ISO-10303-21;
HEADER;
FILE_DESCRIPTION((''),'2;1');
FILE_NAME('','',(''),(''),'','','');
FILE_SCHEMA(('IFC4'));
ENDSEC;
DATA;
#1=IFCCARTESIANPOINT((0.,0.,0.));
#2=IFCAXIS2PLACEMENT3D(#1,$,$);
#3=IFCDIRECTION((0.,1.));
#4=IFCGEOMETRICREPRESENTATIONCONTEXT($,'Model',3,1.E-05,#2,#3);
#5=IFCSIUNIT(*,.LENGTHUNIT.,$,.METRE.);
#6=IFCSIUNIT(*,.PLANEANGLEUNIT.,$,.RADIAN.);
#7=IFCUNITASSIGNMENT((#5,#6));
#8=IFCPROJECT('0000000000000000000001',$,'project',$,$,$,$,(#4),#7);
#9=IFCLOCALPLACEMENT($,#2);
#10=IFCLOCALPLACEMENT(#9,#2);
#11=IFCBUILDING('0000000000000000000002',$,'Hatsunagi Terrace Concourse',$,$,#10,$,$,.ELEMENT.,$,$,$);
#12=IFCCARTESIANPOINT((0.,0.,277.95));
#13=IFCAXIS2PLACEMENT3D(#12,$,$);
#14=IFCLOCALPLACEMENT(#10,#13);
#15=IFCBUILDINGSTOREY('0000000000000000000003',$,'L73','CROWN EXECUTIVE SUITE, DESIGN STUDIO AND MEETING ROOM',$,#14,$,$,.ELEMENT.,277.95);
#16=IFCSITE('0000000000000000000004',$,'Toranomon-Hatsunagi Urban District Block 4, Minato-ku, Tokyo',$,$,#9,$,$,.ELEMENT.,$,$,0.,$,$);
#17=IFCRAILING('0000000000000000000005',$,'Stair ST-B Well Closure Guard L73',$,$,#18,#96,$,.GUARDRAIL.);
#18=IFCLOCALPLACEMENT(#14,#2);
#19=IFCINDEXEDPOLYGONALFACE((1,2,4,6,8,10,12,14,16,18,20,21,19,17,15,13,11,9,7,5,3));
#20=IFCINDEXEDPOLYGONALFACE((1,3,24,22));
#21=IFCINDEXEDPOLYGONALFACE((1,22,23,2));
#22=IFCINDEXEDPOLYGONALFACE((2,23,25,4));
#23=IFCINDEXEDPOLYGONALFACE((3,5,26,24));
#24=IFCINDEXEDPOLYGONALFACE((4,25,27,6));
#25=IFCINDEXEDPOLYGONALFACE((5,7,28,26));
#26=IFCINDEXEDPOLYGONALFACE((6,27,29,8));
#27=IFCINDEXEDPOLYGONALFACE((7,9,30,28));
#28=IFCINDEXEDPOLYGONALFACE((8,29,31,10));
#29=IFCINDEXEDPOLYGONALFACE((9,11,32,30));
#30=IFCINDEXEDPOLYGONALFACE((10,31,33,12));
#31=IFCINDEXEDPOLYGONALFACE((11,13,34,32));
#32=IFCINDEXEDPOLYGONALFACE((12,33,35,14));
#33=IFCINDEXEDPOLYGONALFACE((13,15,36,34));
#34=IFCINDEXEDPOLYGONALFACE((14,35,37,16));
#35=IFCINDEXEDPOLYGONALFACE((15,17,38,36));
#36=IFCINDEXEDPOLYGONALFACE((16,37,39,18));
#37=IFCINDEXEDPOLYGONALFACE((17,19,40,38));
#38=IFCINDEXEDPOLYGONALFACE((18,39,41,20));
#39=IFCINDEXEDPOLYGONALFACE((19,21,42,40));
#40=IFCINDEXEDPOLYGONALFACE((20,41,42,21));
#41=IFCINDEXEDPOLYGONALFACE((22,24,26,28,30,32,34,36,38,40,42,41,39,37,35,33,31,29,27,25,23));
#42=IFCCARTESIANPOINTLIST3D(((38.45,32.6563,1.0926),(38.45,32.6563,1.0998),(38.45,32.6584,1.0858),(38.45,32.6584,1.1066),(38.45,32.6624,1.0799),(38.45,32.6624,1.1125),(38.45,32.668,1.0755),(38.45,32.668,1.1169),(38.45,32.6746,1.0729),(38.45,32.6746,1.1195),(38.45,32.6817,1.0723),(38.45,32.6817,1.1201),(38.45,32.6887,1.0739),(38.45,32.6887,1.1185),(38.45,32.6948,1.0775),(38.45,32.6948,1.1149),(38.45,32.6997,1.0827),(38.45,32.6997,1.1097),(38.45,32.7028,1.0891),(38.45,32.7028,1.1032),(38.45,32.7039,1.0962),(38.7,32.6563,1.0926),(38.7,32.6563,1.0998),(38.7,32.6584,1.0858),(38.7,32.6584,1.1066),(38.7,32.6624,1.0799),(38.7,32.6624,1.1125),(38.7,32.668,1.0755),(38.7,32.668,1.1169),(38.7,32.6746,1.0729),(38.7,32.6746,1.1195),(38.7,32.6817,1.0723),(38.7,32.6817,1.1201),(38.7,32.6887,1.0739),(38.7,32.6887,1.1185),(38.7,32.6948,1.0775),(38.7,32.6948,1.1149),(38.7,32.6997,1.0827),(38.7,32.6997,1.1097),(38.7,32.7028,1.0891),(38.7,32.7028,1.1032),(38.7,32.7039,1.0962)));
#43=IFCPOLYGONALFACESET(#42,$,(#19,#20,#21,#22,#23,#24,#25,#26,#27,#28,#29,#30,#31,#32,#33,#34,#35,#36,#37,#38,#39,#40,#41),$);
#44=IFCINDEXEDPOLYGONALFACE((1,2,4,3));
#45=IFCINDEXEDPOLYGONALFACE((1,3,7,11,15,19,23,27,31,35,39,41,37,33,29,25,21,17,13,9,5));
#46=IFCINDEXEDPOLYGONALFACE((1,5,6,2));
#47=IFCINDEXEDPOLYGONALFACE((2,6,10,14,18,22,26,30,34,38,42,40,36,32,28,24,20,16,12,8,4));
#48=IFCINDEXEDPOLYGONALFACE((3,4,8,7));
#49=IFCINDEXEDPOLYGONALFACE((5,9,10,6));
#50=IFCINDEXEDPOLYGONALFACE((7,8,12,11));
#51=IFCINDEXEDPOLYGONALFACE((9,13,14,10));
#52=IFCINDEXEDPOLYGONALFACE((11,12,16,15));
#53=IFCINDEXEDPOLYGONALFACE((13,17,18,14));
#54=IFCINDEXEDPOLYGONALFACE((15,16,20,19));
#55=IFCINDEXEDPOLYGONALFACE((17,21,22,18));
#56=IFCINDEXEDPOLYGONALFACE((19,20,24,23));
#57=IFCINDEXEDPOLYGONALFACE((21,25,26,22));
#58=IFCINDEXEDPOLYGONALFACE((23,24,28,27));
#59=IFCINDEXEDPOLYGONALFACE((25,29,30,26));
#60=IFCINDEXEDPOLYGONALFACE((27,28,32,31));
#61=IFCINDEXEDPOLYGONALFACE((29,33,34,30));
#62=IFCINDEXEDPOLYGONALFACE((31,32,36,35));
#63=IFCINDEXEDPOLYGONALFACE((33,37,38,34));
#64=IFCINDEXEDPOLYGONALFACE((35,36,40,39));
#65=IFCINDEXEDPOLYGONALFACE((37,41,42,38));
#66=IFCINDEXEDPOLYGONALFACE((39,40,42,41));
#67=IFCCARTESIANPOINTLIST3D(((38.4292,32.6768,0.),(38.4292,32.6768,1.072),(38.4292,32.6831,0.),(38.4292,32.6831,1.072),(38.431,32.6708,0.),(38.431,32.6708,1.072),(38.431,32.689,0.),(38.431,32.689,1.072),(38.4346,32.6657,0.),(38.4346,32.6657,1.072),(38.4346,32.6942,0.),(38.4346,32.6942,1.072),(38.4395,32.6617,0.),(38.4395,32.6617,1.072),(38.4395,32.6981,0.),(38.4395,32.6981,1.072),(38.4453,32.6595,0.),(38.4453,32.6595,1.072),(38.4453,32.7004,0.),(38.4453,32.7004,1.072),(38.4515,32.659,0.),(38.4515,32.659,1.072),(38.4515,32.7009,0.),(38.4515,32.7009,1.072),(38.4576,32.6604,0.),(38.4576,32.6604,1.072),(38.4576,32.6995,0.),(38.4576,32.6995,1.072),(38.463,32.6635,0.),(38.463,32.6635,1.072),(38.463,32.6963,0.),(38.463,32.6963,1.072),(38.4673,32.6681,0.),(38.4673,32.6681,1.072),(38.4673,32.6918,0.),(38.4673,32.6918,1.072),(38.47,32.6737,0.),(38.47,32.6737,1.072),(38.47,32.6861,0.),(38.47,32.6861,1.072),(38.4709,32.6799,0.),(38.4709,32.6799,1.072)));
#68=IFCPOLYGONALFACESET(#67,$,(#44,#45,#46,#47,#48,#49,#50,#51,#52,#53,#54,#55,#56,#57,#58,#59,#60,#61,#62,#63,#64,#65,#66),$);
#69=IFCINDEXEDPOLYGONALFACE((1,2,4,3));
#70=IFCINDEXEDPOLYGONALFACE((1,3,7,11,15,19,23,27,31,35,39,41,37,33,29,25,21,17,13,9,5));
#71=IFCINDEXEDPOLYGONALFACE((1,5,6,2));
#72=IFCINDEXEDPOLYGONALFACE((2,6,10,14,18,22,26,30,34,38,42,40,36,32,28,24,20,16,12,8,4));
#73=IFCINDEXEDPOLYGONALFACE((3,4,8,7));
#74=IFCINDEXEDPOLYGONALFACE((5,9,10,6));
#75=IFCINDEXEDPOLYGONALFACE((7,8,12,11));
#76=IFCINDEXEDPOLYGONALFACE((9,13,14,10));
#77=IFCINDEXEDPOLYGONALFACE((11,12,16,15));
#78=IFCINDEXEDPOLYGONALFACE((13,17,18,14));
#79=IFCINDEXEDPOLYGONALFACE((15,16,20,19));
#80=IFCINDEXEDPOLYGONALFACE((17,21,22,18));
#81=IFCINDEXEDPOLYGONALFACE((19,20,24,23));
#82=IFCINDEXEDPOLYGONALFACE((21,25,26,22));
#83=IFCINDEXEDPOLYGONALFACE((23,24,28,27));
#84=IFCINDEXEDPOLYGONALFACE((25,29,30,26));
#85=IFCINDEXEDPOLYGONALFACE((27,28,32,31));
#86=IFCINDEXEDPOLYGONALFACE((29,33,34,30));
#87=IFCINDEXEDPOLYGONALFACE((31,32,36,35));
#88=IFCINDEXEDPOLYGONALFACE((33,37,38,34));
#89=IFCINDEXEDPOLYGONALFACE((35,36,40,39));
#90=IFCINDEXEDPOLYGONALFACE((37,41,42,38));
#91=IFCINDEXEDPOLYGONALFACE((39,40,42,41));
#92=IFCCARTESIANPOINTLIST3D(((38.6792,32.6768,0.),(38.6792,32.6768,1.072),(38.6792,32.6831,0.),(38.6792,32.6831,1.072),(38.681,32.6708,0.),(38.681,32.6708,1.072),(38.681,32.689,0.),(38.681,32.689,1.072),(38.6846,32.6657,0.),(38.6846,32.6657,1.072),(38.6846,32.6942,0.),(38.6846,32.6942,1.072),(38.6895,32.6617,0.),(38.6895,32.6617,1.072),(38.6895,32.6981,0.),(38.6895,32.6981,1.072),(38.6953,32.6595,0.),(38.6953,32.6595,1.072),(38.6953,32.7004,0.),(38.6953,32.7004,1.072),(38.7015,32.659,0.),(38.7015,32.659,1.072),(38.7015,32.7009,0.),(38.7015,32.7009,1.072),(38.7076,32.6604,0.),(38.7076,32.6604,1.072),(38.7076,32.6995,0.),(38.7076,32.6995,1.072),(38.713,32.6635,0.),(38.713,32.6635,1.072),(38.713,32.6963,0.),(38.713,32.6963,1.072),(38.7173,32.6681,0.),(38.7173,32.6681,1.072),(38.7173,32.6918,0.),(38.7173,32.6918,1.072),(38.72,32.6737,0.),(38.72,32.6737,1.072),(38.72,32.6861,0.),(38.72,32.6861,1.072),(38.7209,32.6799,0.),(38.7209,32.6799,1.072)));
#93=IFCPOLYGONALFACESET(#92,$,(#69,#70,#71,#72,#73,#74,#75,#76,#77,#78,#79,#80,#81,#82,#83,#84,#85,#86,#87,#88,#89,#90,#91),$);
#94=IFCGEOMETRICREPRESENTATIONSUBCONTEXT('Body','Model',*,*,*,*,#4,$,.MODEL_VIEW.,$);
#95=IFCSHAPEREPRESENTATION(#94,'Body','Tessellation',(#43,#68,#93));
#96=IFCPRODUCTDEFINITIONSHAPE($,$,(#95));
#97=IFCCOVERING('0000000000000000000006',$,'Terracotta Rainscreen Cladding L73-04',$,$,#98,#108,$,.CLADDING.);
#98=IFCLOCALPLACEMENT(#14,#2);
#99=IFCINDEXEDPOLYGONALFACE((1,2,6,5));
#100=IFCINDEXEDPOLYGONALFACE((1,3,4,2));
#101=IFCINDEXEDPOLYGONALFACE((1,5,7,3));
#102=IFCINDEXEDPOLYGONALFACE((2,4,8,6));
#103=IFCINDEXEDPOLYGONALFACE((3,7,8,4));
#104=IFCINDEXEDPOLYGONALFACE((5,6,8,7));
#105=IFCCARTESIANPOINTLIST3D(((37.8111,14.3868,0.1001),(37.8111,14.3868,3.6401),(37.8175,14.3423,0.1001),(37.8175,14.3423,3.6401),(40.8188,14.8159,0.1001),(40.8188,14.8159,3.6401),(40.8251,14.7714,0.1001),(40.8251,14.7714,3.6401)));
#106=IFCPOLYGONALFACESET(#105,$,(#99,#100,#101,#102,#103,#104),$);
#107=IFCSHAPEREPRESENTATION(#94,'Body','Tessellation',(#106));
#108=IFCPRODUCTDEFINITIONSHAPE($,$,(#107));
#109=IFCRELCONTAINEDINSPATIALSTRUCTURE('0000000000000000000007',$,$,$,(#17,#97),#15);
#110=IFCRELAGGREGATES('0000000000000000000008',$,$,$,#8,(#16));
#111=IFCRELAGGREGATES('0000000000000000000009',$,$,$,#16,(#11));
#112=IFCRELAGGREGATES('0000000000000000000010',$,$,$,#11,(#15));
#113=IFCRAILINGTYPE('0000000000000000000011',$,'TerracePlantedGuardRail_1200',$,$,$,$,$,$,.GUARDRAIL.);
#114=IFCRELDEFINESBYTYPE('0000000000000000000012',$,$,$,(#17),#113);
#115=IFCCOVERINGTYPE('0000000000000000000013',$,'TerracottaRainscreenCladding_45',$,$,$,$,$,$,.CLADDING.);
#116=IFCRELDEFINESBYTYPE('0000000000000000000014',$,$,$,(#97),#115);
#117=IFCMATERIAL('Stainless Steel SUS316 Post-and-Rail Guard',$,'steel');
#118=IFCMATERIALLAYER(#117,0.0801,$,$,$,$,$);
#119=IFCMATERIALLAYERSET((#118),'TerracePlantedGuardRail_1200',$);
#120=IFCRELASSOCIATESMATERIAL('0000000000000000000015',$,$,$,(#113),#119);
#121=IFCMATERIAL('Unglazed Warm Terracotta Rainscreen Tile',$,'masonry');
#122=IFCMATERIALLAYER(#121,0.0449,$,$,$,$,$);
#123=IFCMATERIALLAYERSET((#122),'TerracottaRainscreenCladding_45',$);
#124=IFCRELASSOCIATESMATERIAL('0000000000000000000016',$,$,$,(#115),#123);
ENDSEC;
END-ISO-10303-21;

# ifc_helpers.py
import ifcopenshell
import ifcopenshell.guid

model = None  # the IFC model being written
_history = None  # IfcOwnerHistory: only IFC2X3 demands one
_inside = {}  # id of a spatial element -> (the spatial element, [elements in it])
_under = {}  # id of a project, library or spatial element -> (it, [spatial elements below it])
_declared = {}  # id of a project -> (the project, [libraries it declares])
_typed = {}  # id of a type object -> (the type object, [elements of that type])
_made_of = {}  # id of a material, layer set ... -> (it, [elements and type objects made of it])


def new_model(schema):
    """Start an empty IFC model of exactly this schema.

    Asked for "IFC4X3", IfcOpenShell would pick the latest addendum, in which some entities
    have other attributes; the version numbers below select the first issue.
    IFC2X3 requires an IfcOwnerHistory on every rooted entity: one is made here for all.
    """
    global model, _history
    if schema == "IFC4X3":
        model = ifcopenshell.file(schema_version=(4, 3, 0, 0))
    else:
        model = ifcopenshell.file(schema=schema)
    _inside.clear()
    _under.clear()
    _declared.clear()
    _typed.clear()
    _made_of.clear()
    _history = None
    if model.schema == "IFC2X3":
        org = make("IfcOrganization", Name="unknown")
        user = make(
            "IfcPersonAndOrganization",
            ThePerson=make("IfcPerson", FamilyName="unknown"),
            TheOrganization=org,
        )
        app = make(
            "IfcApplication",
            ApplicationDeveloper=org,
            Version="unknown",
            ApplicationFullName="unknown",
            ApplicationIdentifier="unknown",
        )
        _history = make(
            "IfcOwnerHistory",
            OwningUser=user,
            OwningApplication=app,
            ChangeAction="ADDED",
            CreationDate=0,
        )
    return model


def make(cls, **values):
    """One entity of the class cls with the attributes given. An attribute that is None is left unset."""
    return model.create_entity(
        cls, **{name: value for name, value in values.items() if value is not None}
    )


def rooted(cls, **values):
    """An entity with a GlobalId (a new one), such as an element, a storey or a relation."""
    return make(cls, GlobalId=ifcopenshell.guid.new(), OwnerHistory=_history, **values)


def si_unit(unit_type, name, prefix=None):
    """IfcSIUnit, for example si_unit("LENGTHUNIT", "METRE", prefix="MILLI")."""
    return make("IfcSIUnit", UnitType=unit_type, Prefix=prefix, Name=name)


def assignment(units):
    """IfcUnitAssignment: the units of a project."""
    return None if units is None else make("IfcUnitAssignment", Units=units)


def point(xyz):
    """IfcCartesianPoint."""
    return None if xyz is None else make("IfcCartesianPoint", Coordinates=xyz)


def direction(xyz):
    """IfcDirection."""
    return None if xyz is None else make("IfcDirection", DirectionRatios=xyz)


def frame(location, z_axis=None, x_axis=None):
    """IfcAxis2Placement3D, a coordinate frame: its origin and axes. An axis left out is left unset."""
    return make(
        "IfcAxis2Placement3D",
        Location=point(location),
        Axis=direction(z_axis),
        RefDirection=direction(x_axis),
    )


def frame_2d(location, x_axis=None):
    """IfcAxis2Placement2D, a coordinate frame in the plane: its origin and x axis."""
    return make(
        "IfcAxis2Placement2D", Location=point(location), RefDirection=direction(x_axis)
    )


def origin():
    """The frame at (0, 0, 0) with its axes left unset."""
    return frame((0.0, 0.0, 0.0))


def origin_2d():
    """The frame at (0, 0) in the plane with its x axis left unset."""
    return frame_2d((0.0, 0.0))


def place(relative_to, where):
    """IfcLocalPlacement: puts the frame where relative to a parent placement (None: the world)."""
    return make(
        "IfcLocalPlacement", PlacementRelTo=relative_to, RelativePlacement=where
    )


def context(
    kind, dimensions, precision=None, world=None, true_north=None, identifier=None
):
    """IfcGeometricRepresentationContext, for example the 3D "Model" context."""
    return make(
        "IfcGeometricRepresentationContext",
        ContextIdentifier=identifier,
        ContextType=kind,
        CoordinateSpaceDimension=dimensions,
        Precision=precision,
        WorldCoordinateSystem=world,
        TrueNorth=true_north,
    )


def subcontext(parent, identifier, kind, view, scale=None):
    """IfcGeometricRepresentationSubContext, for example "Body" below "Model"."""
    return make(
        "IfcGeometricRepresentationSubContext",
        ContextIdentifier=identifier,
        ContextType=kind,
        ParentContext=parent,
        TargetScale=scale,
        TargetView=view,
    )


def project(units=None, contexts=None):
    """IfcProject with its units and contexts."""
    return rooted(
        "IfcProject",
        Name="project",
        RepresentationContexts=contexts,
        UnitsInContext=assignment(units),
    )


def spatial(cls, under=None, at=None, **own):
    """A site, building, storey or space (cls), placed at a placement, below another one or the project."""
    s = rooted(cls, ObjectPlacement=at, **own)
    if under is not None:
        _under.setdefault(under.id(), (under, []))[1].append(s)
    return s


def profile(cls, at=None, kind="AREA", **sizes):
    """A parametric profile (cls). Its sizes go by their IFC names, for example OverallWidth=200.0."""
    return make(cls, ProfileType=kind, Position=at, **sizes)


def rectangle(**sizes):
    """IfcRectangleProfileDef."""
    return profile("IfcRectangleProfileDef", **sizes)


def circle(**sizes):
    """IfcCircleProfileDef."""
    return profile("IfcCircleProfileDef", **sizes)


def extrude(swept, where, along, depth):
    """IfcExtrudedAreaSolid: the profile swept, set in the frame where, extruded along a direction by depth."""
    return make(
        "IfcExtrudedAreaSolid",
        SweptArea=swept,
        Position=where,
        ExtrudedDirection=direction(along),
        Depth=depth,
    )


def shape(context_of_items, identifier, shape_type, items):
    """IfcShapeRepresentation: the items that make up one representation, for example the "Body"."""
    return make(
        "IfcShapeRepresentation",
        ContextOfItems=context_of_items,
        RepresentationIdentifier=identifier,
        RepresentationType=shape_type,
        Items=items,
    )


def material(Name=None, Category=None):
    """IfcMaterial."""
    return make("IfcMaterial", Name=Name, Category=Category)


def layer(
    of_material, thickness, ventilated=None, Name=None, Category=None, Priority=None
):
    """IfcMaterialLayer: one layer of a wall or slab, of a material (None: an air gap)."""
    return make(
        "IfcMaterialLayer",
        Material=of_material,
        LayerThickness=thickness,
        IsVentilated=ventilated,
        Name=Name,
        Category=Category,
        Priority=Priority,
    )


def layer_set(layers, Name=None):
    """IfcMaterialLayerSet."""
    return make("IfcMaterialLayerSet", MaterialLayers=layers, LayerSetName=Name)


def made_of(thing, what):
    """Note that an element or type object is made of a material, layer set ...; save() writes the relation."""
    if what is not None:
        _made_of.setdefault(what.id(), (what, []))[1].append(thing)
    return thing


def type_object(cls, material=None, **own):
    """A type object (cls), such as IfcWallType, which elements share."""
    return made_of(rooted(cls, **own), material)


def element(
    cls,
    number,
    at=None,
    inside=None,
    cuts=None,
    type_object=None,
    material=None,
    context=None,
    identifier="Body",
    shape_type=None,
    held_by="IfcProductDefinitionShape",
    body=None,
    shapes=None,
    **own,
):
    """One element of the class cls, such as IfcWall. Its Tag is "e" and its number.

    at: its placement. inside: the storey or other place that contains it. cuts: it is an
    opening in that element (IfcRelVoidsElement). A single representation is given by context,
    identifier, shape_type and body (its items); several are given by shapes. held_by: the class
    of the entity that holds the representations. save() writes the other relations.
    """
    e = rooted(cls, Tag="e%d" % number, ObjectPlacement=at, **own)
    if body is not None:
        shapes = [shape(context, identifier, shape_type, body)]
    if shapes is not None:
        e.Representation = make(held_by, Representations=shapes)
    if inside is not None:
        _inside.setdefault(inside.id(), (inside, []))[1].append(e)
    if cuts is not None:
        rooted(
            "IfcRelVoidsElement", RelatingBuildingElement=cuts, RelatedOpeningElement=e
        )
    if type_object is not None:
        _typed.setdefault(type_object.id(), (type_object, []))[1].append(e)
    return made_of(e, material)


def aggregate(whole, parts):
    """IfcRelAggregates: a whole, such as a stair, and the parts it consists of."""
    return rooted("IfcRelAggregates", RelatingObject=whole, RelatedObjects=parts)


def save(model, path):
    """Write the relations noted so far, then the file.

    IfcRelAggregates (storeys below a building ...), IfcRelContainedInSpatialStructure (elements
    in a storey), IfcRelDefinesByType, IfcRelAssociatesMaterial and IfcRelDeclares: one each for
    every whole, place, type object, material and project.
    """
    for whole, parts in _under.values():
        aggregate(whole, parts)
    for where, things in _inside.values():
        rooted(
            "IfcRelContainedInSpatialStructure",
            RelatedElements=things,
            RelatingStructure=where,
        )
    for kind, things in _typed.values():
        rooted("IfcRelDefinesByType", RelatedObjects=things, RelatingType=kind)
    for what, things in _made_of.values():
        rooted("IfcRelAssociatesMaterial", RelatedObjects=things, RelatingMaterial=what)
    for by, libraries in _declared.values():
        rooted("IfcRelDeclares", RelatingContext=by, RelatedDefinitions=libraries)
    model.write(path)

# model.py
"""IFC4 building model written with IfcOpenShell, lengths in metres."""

from ifc_helpers import new_model, si_unit, direction, frame, origin, origin_2d, place, context, subcontext, project, spatial, rectangle, circle, extrude, material, layer, layer_set, type_object, element, save


model = new_model("IFC4")

# Units and contexts
model_context = context("Model", 3, precision=1e-05, world=origin(), true_north=direction((0.0, 1.0)))
body_context = subcontext(model_context, "Body", "Model", "MODEL_VIEW")
ifc_project = project(units=[si_unit("LENGTHUNIT", "METRE"), si_unit("PLANEANGLEUNIT", "RADIAN")], contexts=[model_context])

# Site, building, storey
site_placement = place(None, origin())
site = spatial("IfcSite", under=ifc_project, at=site_placement, Name="Toranomon-Hatsunagi Urban District Block 4, Minato-ku, Tokyo", CompositionType="ELEMENT", RefElevation=0.0)
building_placement = place(site_placement, origin())
building = spatial("IfcBuilding", under=site, at=building_placement, Name="Hatsunagi Terrace Concourse", CompositionType="ELEMENT")
storey_placement = place(building_placement, frame((0.0, 0.0, 277.95)))
storey = spatial("IfcBuildingStorey", under=building, at=storey_placement, Name="L73", Description="CROWN EXECUTIVE SUITE, DESIGN STUDIO AND MEETING ROOM", CompositionType="ELEMENT", Elevation=277.95)

# Railing
ifc_material_1 = material(Name="Stainless Steel SUS316 Post-and-Rail Guard", Category="steel")
ifc_layer_1 = layer(ifc_material_1, 0.0801)
ifc_layer_set_1 = layer_set([ifc_layer_1], Name="TerracePlantedGuardRail_1200")
railing_type_1 = type_object("IfcRailingType", Name="TerracePlantedGuardRail_1200", PredefinedType="GUARDRAIL", material=ifc_layer_set_1)
railing_1_placement = place(storey_placement, frame((38.45, 32.6799, 0.0)))
element("IfcRailing", 1, at=railing_1_placement, inside=storey, type_object=railing_type_1, Name="Stair ST-B Well Closure Guard L73", PredefinedType="GUARDRAIL", context=body_context, shape_type="SweptSolid", body=[
    extrude(circle(Radius=0.0239, at=origin_2d()), frame((0.0, 0.0, 1.0962), z_axis=(1.0, 0.0, 0.0), x_axis=(0.0, 1.0, 0.0)), (0.0, 0.0, 1.0), 0.25),
    extrude(circle(Radius=0.021, at=origin_2d()), origin(), (0.0, 0.0, 1.0), 1.072),
    extrude(circle(Radius=0.021, at=origin_2d()), frame((0.25, 0.0, 0.0)), (0.0, 0.0, 1.0), 1.072),
])

# Covering
ifc_material_2 = material(Name="Unglazed Warm Terracotta Rainscreen Tile", Category="masonry")
ifc_layer_2 = layer(ifc_material_2, 0.0449)
ifc_layer_set_2 = layer_set([ifc_layer_2], Name="TerracottaRainscreenCladding_45")
covering_type = type_object("IfcCoveringType", Name="TerracottaRainscreenCladding_45", PredefinedType="CLADDING", material=ifc_layer_set_2)
covering_placement = place(storey_placement, frame((39.3181, 14.5791, 0.1001), z_axis=(0.0, 0.0, 1.0), x_axis=(-0.989974, -0.14125, 0.0)))
element("IfcCovering", 2, at=covering_placement, inside=storey, type_object=covering_type, Name="Terracotta Rainscreen Cladding L73-04", PredefinedType="CLADDING", context=body_context, shape_type="SweptSolid", body=[
    extrude(rectangle(XDim=3.0381, YDim=0.0449, at=origin_2d()), origin(), (0.0, 0.0, 1.0), 3.54),
])

save(model, "model.ifc")
